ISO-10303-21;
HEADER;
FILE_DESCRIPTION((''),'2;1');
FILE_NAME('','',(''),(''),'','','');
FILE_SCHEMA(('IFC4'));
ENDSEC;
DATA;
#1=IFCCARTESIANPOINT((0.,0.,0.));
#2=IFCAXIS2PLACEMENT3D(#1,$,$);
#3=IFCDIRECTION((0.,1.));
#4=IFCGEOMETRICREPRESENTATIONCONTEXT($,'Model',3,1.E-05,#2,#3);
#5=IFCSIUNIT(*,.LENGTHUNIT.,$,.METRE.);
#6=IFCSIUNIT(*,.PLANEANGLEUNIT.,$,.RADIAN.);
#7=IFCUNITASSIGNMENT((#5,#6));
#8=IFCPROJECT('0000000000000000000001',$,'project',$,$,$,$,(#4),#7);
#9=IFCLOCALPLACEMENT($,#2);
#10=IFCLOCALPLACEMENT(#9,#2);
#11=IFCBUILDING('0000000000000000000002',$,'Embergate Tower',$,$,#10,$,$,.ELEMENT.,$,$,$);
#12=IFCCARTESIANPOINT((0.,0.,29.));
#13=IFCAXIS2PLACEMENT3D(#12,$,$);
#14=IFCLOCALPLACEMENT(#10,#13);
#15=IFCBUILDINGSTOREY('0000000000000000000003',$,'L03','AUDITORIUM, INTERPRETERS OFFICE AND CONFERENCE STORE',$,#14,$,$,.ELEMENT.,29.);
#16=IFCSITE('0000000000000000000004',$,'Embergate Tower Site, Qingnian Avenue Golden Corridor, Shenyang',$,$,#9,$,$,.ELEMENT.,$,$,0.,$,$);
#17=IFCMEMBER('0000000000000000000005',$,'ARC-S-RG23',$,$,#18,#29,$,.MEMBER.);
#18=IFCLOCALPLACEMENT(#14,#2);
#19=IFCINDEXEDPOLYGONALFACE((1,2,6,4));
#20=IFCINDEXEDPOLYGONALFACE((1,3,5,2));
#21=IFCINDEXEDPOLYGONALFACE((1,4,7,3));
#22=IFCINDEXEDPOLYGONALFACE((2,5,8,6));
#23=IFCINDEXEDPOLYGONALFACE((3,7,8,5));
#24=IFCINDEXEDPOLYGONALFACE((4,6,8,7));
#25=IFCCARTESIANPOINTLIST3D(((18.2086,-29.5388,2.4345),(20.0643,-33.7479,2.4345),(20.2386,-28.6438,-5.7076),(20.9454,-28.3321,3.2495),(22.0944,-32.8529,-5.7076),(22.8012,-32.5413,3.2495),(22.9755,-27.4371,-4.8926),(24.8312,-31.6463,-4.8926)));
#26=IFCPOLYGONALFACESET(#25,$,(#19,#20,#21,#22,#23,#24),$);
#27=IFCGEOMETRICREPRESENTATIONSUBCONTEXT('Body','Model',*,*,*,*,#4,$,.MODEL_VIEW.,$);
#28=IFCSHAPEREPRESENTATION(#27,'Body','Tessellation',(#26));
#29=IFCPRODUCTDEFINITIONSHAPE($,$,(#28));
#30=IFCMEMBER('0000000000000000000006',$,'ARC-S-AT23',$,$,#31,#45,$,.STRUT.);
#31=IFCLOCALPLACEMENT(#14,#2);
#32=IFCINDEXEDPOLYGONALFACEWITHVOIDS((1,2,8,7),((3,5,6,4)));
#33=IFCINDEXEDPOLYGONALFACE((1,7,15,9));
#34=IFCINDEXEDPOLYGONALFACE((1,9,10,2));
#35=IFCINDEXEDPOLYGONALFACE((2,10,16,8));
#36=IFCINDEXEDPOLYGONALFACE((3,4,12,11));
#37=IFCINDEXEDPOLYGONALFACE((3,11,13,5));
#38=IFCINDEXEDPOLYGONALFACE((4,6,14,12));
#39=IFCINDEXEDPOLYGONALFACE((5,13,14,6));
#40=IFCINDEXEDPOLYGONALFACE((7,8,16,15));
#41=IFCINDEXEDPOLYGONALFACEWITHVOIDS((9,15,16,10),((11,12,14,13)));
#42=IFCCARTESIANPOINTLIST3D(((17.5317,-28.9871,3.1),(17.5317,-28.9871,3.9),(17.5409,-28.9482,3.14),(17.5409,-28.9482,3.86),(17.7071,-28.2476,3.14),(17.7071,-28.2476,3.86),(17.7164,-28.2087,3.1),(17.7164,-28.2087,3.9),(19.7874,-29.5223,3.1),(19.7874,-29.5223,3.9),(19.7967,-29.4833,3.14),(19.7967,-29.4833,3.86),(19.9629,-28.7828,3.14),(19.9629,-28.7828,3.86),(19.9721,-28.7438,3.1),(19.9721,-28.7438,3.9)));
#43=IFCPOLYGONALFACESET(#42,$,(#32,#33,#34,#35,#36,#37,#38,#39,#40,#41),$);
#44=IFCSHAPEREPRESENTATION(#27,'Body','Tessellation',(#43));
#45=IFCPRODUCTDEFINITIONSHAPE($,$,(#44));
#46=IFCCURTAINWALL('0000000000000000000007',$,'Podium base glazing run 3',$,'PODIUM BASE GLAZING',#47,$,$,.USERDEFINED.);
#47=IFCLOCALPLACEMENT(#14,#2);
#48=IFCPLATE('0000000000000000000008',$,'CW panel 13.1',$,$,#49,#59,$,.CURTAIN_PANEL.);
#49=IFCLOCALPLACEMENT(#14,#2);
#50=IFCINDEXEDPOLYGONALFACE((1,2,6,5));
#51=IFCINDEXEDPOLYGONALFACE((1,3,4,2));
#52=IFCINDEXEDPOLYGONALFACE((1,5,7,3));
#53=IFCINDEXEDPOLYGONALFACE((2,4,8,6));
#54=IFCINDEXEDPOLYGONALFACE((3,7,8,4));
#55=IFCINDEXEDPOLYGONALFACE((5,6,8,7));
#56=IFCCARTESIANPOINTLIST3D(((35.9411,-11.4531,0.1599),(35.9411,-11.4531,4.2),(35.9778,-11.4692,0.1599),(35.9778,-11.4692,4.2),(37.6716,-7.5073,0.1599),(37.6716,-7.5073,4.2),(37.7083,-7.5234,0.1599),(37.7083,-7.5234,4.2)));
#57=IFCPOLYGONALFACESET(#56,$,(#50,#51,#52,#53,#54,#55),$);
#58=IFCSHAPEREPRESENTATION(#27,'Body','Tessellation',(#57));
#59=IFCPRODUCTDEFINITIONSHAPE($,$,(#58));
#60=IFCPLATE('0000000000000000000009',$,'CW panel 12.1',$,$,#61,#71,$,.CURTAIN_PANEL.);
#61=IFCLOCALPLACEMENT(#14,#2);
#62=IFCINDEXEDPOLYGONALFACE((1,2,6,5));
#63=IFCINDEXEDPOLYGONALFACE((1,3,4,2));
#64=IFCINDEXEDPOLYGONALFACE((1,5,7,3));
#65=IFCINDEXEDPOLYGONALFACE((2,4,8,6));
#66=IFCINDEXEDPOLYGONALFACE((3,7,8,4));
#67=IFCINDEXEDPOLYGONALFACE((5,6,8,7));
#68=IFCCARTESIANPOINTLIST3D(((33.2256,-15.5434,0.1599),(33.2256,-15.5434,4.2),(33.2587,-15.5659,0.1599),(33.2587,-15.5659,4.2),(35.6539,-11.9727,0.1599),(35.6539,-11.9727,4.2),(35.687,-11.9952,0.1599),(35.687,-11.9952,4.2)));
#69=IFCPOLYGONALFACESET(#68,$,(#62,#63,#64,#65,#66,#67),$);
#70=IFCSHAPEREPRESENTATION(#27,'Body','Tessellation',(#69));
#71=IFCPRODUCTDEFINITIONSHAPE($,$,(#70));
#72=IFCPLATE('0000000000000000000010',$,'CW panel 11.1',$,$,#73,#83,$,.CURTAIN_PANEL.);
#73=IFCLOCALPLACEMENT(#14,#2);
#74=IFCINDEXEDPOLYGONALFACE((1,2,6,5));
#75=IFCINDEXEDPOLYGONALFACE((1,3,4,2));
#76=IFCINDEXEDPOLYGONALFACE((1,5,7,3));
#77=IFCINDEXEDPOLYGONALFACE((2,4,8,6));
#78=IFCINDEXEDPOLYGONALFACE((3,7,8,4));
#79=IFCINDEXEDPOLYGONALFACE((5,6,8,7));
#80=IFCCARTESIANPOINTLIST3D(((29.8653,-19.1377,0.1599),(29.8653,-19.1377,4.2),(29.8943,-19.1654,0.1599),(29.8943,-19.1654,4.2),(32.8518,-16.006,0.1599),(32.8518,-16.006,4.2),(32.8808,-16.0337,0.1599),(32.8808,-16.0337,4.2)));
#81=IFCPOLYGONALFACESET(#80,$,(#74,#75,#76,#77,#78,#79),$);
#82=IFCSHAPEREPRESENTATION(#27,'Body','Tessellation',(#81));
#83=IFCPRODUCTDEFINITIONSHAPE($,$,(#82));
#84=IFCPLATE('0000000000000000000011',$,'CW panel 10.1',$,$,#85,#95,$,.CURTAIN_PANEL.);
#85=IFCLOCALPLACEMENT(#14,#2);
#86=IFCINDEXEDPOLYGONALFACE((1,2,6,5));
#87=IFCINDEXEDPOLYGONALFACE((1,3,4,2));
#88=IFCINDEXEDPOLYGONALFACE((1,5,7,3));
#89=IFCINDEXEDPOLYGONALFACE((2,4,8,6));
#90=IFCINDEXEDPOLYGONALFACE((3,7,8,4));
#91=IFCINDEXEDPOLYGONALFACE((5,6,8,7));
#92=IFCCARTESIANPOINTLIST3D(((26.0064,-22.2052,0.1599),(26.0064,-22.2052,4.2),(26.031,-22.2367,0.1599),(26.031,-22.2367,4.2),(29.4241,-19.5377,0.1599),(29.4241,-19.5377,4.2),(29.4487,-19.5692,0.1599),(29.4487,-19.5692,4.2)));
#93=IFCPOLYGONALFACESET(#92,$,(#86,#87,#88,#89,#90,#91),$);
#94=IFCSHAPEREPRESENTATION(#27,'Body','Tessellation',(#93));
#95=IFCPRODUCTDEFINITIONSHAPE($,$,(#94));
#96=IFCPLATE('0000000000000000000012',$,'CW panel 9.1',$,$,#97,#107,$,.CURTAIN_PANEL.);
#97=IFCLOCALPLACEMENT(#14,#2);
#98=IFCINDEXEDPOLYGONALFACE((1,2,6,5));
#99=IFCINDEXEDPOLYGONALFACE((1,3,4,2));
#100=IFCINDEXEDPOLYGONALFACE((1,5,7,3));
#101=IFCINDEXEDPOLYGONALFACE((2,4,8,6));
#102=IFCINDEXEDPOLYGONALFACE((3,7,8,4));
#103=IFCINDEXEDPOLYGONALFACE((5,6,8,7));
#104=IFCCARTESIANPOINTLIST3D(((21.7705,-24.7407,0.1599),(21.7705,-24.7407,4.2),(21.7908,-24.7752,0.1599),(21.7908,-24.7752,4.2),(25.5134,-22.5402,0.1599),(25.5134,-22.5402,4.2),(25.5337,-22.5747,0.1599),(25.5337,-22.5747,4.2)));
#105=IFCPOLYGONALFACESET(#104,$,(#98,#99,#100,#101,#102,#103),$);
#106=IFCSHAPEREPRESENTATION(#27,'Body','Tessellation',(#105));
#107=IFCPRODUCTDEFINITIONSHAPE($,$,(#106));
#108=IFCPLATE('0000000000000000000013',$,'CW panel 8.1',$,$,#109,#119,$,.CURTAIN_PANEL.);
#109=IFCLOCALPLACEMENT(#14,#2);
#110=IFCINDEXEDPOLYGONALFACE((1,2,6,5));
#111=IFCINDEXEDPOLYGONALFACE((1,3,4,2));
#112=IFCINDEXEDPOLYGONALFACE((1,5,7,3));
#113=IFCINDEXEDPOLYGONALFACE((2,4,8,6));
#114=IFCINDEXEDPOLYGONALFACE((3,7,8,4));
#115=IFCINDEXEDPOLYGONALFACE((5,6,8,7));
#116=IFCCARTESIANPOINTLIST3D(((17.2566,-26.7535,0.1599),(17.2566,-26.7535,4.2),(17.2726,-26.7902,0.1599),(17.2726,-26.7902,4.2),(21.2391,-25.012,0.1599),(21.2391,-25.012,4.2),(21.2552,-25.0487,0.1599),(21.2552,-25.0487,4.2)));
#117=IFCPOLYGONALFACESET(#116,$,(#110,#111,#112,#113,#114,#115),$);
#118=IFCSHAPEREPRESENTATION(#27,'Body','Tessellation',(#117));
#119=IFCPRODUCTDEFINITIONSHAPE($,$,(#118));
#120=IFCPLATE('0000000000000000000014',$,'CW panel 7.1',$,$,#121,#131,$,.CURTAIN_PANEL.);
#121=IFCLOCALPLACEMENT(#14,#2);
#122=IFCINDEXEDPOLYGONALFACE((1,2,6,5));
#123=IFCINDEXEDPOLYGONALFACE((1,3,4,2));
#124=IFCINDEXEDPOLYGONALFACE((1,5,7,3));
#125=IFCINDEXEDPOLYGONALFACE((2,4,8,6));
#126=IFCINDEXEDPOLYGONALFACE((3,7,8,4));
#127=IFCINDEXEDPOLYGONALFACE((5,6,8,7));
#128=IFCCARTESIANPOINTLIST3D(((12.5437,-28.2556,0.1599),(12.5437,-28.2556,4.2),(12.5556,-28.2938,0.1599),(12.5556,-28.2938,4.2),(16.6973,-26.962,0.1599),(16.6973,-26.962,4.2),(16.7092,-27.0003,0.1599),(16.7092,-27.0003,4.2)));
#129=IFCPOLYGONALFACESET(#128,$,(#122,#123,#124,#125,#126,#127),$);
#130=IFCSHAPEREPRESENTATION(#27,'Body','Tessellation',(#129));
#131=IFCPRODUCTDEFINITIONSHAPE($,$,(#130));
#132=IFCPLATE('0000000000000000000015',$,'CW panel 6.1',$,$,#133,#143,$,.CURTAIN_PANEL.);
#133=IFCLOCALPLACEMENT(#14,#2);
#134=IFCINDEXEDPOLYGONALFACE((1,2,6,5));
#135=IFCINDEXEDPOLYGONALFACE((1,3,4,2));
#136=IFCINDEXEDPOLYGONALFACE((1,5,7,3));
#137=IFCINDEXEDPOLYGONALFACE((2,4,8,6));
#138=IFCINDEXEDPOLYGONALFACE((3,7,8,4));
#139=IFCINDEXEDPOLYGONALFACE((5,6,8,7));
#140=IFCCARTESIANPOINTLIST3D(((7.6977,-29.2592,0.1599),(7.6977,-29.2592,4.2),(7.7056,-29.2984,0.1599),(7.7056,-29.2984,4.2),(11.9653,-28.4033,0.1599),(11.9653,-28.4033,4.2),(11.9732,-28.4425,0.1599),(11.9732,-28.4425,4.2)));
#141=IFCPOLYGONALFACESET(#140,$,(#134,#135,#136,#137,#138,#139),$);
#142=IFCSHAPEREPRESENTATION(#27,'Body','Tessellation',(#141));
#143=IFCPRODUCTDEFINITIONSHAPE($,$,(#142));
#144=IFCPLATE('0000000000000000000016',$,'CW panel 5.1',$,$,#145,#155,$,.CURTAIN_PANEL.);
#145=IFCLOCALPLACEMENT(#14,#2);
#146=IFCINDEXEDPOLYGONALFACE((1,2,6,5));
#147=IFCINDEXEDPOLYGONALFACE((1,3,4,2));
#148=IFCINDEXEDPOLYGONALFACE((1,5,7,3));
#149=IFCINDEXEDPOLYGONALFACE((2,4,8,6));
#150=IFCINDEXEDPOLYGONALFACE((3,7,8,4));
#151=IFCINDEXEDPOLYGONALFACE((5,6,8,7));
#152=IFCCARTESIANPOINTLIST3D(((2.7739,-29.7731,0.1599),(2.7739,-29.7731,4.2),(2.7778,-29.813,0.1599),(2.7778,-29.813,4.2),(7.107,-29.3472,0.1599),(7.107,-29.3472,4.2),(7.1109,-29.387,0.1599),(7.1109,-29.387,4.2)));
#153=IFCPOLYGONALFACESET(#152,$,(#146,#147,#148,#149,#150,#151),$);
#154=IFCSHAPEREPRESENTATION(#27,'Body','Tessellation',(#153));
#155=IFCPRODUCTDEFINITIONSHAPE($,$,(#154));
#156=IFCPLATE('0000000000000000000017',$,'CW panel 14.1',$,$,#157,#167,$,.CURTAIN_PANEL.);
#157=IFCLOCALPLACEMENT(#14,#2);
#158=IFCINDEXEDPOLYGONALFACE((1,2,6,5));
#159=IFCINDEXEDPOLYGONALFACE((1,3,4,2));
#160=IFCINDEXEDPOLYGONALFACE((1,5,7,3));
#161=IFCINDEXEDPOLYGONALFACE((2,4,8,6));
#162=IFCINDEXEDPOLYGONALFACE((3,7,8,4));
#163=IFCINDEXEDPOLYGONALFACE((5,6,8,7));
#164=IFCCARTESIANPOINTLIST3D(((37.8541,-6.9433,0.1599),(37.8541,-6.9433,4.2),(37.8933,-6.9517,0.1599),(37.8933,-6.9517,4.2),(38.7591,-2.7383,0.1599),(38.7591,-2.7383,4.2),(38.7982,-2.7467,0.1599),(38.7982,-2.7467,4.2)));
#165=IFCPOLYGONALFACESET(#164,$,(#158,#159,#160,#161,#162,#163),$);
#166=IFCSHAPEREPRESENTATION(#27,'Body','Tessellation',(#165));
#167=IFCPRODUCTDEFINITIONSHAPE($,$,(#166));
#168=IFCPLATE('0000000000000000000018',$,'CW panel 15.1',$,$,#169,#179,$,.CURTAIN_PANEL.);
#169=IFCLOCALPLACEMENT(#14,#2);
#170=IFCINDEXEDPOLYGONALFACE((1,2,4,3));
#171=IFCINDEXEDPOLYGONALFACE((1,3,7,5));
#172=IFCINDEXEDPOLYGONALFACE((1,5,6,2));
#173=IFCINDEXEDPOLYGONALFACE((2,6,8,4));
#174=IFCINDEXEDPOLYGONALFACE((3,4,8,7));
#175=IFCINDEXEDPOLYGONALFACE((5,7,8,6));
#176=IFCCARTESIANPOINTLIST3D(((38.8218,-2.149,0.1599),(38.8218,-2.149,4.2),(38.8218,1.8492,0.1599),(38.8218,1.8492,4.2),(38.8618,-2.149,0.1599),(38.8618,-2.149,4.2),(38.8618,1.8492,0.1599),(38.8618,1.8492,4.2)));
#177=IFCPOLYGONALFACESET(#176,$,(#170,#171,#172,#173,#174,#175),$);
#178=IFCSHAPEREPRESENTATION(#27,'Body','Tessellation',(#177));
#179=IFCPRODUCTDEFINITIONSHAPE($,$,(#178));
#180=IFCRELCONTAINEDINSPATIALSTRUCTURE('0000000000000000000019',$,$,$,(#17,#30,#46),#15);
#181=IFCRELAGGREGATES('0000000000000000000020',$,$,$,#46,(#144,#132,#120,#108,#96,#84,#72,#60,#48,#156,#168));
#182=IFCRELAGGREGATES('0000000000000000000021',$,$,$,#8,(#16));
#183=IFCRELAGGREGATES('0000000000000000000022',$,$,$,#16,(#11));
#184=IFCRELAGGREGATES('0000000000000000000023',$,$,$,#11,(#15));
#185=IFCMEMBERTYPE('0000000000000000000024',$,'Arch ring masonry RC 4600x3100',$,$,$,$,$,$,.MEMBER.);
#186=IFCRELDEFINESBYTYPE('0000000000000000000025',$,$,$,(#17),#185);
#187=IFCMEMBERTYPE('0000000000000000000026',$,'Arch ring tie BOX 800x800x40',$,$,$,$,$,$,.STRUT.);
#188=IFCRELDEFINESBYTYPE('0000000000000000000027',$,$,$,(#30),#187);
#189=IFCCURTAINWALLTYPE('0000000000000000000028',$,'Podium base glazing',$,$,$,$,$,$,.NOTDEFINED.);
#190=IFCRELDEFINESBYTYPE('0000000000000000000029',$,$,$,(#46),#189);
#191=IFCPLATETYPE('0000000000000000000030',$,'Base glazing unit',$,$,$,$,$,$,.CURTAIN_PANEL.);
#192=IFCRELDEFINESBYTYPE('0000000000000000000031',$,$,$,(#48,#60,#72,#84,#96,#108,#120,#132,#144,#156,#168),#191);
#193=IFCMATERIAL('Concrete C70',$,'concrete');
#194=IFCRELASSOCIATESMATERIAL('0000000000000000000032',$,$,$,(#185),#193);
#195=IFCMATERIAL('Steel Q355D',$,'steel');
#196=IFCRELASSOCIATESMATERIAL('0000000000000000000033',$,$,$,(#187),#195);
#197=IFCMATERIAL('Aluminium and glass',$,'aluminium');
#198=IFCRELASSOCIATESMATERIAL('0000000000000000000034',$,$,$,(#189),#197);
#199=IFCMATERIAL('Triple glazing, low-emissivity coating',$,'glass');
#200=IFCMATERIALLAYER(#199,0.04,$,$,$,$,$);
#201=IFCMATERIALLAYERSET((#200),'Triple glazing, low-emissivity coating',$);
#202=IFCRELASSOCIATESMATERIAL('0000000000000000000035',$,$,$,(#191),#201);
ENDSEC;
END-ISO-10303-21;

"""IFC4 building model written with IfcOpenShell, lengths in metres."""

from ifc_helpers import new_model, si_unit, direction, frame, origin, origin_2d, place, context, subcontext, project, spatial, rectangle, hollow_rectangle, extrude, source, transform, mapped, material, layer, layer_set, material_profile, profile_set, type_object, element, aggregate, save


model = new_model("IFC4")

# Units and contexts
model_context = context("Model", 3, precision=1e-05, world=origin(), true_north=direction((0.0, 1.0)))
body_context = subcontext(model_context, "Body", "Model", "MODEL_VIEW")
ifc_project = project(units=[si_unit("LENGTHUNIT", "METRE"), si_unit("PLANEANGLEUNIT", "RADIAN")], contexts=[model_context])

# Site, building, storey
site_placement = place(None, origin())
site = spatial("IfcSite", under=ifc_project, at=site_placement, Name="Embergate Tower Site, Qingnian Avenue Golden Corridor, Shenyang", CompositionType="ELEMENT", RefElevation=0.0)
building_placement = place(site_placement, origin())
building = spatial("IfcBuilding", under=site, at=building_placement, Name="Embergate Tower", CompositionType="ELEMENT")
storey_placement = place(building_placement, frame((0.0, 0.0, 29.0)))
storey = spatial("IfcBuildingStorey", under=building, at=storey_placement, Name="L03", Description="AUDITORIUM, INTERPRETERS OFFICE AND CONFERENCE STORE", CompositionType="ELEMENT", Elevation=29.0)

# Members
ifc_material_1 = material(Name="Concrete C70", Category="concrete")
ifc_material_profile_1 = material_profile(ifc_material_1, rectangle(XDim=4.6001, YDim=3.1001, at=origin_2d()), Name="RC 4600x3100")
ifc_profile_set_1 = profile_set([ifc_material_profile_1], Name="Concrete C70")
member_type_1 = type_object("IfcMemberType", Name="Arch ring masonry RC 4600x3100", PredefinedType="MEMBER", material=ifc_profile_set_1)
shared_shape_1 = source(origin(), body_context, "Body", "SweptSolid", [
    extrude(rectangle(XDim=4.6001, YDim=3.1001, at=origin_2d()), origin(), (0.0, 0.0, 1.0), 8.439),
])
member_1_placement = place(storey_placement, frame((20.5049, -31.04, 2.842), z_axis=(0.240555, 0.106058, -0.964824), x_axis=(-0.403421, 0.915015, 0.0)))
element("IfcMember", 1, at=member_1_placement, inside=storey, type_object=member_type_1, Name="ARC-S-RG23", PredefinedType="MEMBER", context=body_context, shape_type="MappedRepresentation", body=[
    mapped(shared_shape_1, transform((0.0, 0.0, 0.0))),
])
ifc_material_2 = material(Name="Steel Q355D", Category="steel")
ifc_material_profile_2 = material_profile(ifc_material_2, hollow_rectangle(XDim=0.8, YDim=0.8, WallThickness=0.04, at=origin_2d()), Name="BOX 800x800x40")
ifc_profile_set_2 = profile_set([ifc_material_profile_2], Name="Steel Q355 grade D")
member_type_2 = type_object("IfcMemberType", Name="Arch ring tie BOX 800x800x40", PredefinedType="STRUT", material=ifc_profile_set_2)
shared_shape_2 = source(origin(), body_context, "Body", "SweptSolid", [
    extrude(hollow_rectangle(XDim=0.8, YDim=0.8, WallThickness=0.04, at=origin_2d()), origin(), (0.0, 0.0, 1.0), 2.3184),
])
member_2_placement = place(storey_placement, frame((17.624, -28.5979, 3.5), z_axis=(0.972996, -0.230823, 0.0), x_axis=(0.230823, 0.972996, 0.0)))
element("IfcMember", 2, at=member_2_placement, inside=storey, type_object=member_type_2, Name="ARC-S-AT23", PredefinedType="STRUT", context=body_context, shape_type="MappedRepresentation", body=[
    mapped(shared_shape_2, transform((0.0, 0.0, 0.0))),
])

# Curtain wall, plates
ifc_material_3 = material(Name="Aluminium and glass", Category="aluminium")
curtain_wall_type = type_object("IfcCurtainWallType", Name="Podium base glazing", PredefinedType="NOTDEFINED", material=ifc_material_3)
curtain_wall_placement = place(storey_placement, origin())
curtain_wall = element("IfcCurtainWall", 3, at=curtain_wall_placement, inside=storey, type_object=curtain_wall_type, Name="Podium base glazing run 3", ObjectType="PODIUM BASE GLAZING", PredefinedType="USERDEFINED")
ifc_material_4 = material(Name="Triple glazing, low-emissivity coating", Category="glass")
ifc_layer_1 = layer(ifc_material_4, 0.04)
ifc_layer_set_1 = layer_set([ifc_layer_1], Name="Triple glazing, low-emissivity coating")
plate_type = type_object("IfcPlateType", Name="Base glazing unit", PredefinedType="CURTAIN_PANEL", material=ifc_layer_set_1)
shared_shape_3 = source(origin(), body_context, "Body", "SweptSolid", [
    extrude(rectangle(XDim=4.3086, YDim=0.04, at=origin_2d()), origin(), (0.0, 0.0, 1.0), 4.04),
])
plate_1_placement = place(storey_placement, frame((36.8247, -9.4883, 0.1599), z_axis=(0.0, 0.0, 1.0), x_axis=(0.401644, 0.915796, 0.0)))
plate_1 = element("IfcPlate", 4, at=plate_1_placement, type_object=plate_type, Name="CW panel 13.1", PredefinedType="CURTAIN_PANEL", context=body_context, shape_type="MappedRepresentation", body=[
    mapped(shared_shape_3, transform((0.0, 0.0, 0.0))),
])
shared_shape_4 = source(origin(), body_context, "Body", "SweptSolid", [
    extrude(rectangle(XDim=4.3181, YDim=0.04, at=origin_2d()), origin(), (0.0, 0.0, 1.0), 4.04),
])
plate_2_placement = place(storey_placement, frame((34.4563, -13.7693, 0.1599), z_axis=(0.0, 0.0, 1.0), x_axis=(0.562333, 0.826911, 0.0)))
plate_2 = element("IfcPlate", 5, at=plate_2_placement, type_object=plate_type, Name="CW panel 12.1", PredefinedType="CURTAIN_PANEL", context=body_context, shape_type="MappedRepresentation", body=[
    mapped(shared_shape_4, transform((0.0, 0.0, 0.0))),
])
shared_shape_5 = source(origin(), body_context, "Body", "SweptSolid", [
    extrude(rectangle(XDim=4.3274, YDim=0.04, at=origin_2d()), origin(), (0.0, 0.0, 1.0), 4.04),
])
plate_3_placement = place(storey_placement, frame((31.373, -17.5857, 0.1599), z_axis=(0.0, 0.0, 1.0), x_axis=(0.690125, 0.72369, 0.0)))
plate_3 = element("IfcPlate", 6, at=plate_3_placement, type_object=plate_type, Name="CW panel 11.1", PredefinedType="CURTAIN_PANEL", context=body_context, shape_type="MappedRepresentation", body=[
    mapped(shared_shape_5, transform((0.0, 0.0, 0.0))),
])
shared_shape_6 = source(origin(), body_context, "Body", "SweptSolid", [
    extrude(rectangle(XDim=4.3354, YDim=0.04, at=origin_2d()), origin(), (0.0, 0.0, 1.0), 4.04),
])
plate_4_placement = place(storey_placement, frame((27.7275, -20.8872, 0.1599), z_axis=(0.0, 0.0, 1.0), x_axis=(0.788313, 0.615275, 0.0)))
plate_4 = element("IfcPlate", 7, at=plate_4_placement, type_object=plate_type, Name="CW panel 10.1", PredefinedType="CURTAIN_PANEL", context=body_context, shape_type="MappedRepresentation", body=[
    mapped(shared_shape_6, transform((0.0, 0.0, 0.0))),
])
shared_shape_7 = source(origin(), body_context, "Body", "SweptSolid", [
    extrude(rectangle(XDim=4.3418, YDim=0.04, at=origin_2d()), origin(), (0.0, 0.0, 1.0), 4.04),
])
plate_5_placement = place(storey_placement, frame((23.6521, -23.6577, 0.1599), z_axis=(0.0, 0.0, 1.0), x_axis=(0.862047, 0.506828, 0.0)))
plate_5 = element("IfcPlate", 8, at=plate_5_placement, type_object=plate_type, Name="CW panel 9.1", PredefinedType="CURTAIN_PANEL", context=body_context, shape_type="MappedRepresentation", body=[
    mapped(shared_shape_7, transform((0.0, 0.0, 0.0))),
])
shared_shape_8 = source(origin(), body_context, "Body", "SweptSolid", [
    extrude(rectangle(XDim=4.3467, YDim=0.04, at=origin_2d()), origin(), (0.0, 0.0, 1.0), 4.04),
])
plate_6_placement = place(storey_placement, frame((19.2559, -25.9011, 0.1599), z_axis=(0.0, 0.0, 1.0), x_axis=(0.916232, 0.400648, 0.0)))
plate_6 = element("IfcPlate", 9, at=plate_6_placement, type_object=plate_type, Name="CW panel 8.1", PredefinedType="CURTAIN_PANEL", context=body_context, shape_type="MappedRepresentation", body=[
    mapped(shared_shape_8, transform((0.0, 0.0, 0.0))),
])
shared_shape_9 = source(origin(), body_context, "Body", "SweptSolid", [
    extrude(rectangle(XDim=4.3503, YDim=0.04, at=origin_2d()), origin(), (0.0, 0.0, 1.0), 4.04),
])
plate_7_placement = place(storey_placement, frame((14.6265, -27.6279, 0.1599), z_axis=(0.0, 0.0, 1.0), x_axis=(0.95477, 0.297347, 0.0)))
plate_7 = element("IfcPlate", 10, at=plate_7_placement, type_object=plate_type, Name="CW panel 7.1", PredefinedType="CURTAIN_PANEL", context=body_context, shape_type="MappedRepresentation", body=[
    mapped(shared_shape_9, transform((0.0, 0.0, 0.0))),
])
shared_shape_10 = source(origin(), body_context, "Body", "SweptSolid", [
    extrude(rectangle(XDim=4.3525, YDim=0.04, at=origin_2d()), origin(), (0.0, 0.0, 1.0), 4.04),
])
plate_8_placement = place(storey_placement, frame((9.8354, -28.8508, 0.1599), z_axis=(0.0, 0.0, 1.0), x_axis=(0.980475, 0.196644, 0.0)))
plate_8 = element("IfcPlate", 11, at=plate_8_placement, type_object=plate_type, Name="CW panel 6.1", PredefinedType="CURTAIN_PANEL", context=body_context, shape_type="MappedRepresentation", body=[
    mapped(shared_shape_10, transform((0.0, 0.0, 0.0))),
])
shared_shape_11 = source(origin(), body_context, "Body", "SweptSolid", [
    extrude(rectangle(XDim=4.354, YDim=0.04, at=origin_2d()), origin(), (0.0, 0.0, 1.0), 4.04),
])
plate_9_placement = place(storey_placement, frame((4.9424, -29.5801, 0.1599), z_axis=(0.0, 0.0, 1.0), x_axis=(0.995203, 0.097831, 0.0)))
plate_9 = element("IfcPlate", 12, at=plate_9_placement, type_object=plate_type, Name="CW panel 5.1", PredefinedType="CURTAIN_PANEL", context=body_context, shape_type="MappedRepresentation", body=[
    mapped(shared_shape_11, transform((0.0, 0.0, 0.0))),
])
shared_shape_12 = source(origin(), body_context, "Body", "SweptSolid", [
    extrude(rectangle(XDim=4.3013, YDim=0.04, at=origin_2d()), origin(), (0.0, 0.0, 1.0), 4.04),
])
plate_10_placement = place(storey_placement, frame((38.3262, -4.845, 0.1599), z_axis=(0.0, 0.0, 1.0), x_axis=(0.210393, 0.977617, 0.0)))
plate_10 = element("IfcPlate", 13, at=plate_10_placement, type_object=plate_type, Name="CW panel 14.1", PredefinedType="CURTAIN_PANEL", context=body_context, shape_type="MappedRepresentation", body=[
    mapped(shared_shape_12, transform((0.0, 0.0, 0.0))),
])
shared_shape_13 = source(origin(), body_context, "Body", "SweptSolid", [
    extrude(rectangle(XDim=3.9983, YDim=0.04, at=origin_2d()), origin(), (0.0, 0.0, 1.0), 4.04),
])
plate_11_placement = place(storey_placement, frame((38.8418, -0.1499, 0.1599), z_axis=(0.0, 0.0, 1.0), x_axis=(0.0, 1.0, 0.0)))
plate_11 = element("IfcPlate", 14, at=plate_11_placement, type_object=plate_type, Name="CW panel 15.1", PredefinedType="CURTAIN_PANEL", context=body_context, shape_type="MappedRepresentation", body=[
    mapped(shared_shape_13, transform((0.0, 0.0, 0.0))),
])
aggregate(curtain_wall, [plate_9, plate_8, plate_7, plate_6, plate_5, plate_4, plate_3, plate_2, plate_1, plate_10, plate_11])

save(model, "model.ifc")
